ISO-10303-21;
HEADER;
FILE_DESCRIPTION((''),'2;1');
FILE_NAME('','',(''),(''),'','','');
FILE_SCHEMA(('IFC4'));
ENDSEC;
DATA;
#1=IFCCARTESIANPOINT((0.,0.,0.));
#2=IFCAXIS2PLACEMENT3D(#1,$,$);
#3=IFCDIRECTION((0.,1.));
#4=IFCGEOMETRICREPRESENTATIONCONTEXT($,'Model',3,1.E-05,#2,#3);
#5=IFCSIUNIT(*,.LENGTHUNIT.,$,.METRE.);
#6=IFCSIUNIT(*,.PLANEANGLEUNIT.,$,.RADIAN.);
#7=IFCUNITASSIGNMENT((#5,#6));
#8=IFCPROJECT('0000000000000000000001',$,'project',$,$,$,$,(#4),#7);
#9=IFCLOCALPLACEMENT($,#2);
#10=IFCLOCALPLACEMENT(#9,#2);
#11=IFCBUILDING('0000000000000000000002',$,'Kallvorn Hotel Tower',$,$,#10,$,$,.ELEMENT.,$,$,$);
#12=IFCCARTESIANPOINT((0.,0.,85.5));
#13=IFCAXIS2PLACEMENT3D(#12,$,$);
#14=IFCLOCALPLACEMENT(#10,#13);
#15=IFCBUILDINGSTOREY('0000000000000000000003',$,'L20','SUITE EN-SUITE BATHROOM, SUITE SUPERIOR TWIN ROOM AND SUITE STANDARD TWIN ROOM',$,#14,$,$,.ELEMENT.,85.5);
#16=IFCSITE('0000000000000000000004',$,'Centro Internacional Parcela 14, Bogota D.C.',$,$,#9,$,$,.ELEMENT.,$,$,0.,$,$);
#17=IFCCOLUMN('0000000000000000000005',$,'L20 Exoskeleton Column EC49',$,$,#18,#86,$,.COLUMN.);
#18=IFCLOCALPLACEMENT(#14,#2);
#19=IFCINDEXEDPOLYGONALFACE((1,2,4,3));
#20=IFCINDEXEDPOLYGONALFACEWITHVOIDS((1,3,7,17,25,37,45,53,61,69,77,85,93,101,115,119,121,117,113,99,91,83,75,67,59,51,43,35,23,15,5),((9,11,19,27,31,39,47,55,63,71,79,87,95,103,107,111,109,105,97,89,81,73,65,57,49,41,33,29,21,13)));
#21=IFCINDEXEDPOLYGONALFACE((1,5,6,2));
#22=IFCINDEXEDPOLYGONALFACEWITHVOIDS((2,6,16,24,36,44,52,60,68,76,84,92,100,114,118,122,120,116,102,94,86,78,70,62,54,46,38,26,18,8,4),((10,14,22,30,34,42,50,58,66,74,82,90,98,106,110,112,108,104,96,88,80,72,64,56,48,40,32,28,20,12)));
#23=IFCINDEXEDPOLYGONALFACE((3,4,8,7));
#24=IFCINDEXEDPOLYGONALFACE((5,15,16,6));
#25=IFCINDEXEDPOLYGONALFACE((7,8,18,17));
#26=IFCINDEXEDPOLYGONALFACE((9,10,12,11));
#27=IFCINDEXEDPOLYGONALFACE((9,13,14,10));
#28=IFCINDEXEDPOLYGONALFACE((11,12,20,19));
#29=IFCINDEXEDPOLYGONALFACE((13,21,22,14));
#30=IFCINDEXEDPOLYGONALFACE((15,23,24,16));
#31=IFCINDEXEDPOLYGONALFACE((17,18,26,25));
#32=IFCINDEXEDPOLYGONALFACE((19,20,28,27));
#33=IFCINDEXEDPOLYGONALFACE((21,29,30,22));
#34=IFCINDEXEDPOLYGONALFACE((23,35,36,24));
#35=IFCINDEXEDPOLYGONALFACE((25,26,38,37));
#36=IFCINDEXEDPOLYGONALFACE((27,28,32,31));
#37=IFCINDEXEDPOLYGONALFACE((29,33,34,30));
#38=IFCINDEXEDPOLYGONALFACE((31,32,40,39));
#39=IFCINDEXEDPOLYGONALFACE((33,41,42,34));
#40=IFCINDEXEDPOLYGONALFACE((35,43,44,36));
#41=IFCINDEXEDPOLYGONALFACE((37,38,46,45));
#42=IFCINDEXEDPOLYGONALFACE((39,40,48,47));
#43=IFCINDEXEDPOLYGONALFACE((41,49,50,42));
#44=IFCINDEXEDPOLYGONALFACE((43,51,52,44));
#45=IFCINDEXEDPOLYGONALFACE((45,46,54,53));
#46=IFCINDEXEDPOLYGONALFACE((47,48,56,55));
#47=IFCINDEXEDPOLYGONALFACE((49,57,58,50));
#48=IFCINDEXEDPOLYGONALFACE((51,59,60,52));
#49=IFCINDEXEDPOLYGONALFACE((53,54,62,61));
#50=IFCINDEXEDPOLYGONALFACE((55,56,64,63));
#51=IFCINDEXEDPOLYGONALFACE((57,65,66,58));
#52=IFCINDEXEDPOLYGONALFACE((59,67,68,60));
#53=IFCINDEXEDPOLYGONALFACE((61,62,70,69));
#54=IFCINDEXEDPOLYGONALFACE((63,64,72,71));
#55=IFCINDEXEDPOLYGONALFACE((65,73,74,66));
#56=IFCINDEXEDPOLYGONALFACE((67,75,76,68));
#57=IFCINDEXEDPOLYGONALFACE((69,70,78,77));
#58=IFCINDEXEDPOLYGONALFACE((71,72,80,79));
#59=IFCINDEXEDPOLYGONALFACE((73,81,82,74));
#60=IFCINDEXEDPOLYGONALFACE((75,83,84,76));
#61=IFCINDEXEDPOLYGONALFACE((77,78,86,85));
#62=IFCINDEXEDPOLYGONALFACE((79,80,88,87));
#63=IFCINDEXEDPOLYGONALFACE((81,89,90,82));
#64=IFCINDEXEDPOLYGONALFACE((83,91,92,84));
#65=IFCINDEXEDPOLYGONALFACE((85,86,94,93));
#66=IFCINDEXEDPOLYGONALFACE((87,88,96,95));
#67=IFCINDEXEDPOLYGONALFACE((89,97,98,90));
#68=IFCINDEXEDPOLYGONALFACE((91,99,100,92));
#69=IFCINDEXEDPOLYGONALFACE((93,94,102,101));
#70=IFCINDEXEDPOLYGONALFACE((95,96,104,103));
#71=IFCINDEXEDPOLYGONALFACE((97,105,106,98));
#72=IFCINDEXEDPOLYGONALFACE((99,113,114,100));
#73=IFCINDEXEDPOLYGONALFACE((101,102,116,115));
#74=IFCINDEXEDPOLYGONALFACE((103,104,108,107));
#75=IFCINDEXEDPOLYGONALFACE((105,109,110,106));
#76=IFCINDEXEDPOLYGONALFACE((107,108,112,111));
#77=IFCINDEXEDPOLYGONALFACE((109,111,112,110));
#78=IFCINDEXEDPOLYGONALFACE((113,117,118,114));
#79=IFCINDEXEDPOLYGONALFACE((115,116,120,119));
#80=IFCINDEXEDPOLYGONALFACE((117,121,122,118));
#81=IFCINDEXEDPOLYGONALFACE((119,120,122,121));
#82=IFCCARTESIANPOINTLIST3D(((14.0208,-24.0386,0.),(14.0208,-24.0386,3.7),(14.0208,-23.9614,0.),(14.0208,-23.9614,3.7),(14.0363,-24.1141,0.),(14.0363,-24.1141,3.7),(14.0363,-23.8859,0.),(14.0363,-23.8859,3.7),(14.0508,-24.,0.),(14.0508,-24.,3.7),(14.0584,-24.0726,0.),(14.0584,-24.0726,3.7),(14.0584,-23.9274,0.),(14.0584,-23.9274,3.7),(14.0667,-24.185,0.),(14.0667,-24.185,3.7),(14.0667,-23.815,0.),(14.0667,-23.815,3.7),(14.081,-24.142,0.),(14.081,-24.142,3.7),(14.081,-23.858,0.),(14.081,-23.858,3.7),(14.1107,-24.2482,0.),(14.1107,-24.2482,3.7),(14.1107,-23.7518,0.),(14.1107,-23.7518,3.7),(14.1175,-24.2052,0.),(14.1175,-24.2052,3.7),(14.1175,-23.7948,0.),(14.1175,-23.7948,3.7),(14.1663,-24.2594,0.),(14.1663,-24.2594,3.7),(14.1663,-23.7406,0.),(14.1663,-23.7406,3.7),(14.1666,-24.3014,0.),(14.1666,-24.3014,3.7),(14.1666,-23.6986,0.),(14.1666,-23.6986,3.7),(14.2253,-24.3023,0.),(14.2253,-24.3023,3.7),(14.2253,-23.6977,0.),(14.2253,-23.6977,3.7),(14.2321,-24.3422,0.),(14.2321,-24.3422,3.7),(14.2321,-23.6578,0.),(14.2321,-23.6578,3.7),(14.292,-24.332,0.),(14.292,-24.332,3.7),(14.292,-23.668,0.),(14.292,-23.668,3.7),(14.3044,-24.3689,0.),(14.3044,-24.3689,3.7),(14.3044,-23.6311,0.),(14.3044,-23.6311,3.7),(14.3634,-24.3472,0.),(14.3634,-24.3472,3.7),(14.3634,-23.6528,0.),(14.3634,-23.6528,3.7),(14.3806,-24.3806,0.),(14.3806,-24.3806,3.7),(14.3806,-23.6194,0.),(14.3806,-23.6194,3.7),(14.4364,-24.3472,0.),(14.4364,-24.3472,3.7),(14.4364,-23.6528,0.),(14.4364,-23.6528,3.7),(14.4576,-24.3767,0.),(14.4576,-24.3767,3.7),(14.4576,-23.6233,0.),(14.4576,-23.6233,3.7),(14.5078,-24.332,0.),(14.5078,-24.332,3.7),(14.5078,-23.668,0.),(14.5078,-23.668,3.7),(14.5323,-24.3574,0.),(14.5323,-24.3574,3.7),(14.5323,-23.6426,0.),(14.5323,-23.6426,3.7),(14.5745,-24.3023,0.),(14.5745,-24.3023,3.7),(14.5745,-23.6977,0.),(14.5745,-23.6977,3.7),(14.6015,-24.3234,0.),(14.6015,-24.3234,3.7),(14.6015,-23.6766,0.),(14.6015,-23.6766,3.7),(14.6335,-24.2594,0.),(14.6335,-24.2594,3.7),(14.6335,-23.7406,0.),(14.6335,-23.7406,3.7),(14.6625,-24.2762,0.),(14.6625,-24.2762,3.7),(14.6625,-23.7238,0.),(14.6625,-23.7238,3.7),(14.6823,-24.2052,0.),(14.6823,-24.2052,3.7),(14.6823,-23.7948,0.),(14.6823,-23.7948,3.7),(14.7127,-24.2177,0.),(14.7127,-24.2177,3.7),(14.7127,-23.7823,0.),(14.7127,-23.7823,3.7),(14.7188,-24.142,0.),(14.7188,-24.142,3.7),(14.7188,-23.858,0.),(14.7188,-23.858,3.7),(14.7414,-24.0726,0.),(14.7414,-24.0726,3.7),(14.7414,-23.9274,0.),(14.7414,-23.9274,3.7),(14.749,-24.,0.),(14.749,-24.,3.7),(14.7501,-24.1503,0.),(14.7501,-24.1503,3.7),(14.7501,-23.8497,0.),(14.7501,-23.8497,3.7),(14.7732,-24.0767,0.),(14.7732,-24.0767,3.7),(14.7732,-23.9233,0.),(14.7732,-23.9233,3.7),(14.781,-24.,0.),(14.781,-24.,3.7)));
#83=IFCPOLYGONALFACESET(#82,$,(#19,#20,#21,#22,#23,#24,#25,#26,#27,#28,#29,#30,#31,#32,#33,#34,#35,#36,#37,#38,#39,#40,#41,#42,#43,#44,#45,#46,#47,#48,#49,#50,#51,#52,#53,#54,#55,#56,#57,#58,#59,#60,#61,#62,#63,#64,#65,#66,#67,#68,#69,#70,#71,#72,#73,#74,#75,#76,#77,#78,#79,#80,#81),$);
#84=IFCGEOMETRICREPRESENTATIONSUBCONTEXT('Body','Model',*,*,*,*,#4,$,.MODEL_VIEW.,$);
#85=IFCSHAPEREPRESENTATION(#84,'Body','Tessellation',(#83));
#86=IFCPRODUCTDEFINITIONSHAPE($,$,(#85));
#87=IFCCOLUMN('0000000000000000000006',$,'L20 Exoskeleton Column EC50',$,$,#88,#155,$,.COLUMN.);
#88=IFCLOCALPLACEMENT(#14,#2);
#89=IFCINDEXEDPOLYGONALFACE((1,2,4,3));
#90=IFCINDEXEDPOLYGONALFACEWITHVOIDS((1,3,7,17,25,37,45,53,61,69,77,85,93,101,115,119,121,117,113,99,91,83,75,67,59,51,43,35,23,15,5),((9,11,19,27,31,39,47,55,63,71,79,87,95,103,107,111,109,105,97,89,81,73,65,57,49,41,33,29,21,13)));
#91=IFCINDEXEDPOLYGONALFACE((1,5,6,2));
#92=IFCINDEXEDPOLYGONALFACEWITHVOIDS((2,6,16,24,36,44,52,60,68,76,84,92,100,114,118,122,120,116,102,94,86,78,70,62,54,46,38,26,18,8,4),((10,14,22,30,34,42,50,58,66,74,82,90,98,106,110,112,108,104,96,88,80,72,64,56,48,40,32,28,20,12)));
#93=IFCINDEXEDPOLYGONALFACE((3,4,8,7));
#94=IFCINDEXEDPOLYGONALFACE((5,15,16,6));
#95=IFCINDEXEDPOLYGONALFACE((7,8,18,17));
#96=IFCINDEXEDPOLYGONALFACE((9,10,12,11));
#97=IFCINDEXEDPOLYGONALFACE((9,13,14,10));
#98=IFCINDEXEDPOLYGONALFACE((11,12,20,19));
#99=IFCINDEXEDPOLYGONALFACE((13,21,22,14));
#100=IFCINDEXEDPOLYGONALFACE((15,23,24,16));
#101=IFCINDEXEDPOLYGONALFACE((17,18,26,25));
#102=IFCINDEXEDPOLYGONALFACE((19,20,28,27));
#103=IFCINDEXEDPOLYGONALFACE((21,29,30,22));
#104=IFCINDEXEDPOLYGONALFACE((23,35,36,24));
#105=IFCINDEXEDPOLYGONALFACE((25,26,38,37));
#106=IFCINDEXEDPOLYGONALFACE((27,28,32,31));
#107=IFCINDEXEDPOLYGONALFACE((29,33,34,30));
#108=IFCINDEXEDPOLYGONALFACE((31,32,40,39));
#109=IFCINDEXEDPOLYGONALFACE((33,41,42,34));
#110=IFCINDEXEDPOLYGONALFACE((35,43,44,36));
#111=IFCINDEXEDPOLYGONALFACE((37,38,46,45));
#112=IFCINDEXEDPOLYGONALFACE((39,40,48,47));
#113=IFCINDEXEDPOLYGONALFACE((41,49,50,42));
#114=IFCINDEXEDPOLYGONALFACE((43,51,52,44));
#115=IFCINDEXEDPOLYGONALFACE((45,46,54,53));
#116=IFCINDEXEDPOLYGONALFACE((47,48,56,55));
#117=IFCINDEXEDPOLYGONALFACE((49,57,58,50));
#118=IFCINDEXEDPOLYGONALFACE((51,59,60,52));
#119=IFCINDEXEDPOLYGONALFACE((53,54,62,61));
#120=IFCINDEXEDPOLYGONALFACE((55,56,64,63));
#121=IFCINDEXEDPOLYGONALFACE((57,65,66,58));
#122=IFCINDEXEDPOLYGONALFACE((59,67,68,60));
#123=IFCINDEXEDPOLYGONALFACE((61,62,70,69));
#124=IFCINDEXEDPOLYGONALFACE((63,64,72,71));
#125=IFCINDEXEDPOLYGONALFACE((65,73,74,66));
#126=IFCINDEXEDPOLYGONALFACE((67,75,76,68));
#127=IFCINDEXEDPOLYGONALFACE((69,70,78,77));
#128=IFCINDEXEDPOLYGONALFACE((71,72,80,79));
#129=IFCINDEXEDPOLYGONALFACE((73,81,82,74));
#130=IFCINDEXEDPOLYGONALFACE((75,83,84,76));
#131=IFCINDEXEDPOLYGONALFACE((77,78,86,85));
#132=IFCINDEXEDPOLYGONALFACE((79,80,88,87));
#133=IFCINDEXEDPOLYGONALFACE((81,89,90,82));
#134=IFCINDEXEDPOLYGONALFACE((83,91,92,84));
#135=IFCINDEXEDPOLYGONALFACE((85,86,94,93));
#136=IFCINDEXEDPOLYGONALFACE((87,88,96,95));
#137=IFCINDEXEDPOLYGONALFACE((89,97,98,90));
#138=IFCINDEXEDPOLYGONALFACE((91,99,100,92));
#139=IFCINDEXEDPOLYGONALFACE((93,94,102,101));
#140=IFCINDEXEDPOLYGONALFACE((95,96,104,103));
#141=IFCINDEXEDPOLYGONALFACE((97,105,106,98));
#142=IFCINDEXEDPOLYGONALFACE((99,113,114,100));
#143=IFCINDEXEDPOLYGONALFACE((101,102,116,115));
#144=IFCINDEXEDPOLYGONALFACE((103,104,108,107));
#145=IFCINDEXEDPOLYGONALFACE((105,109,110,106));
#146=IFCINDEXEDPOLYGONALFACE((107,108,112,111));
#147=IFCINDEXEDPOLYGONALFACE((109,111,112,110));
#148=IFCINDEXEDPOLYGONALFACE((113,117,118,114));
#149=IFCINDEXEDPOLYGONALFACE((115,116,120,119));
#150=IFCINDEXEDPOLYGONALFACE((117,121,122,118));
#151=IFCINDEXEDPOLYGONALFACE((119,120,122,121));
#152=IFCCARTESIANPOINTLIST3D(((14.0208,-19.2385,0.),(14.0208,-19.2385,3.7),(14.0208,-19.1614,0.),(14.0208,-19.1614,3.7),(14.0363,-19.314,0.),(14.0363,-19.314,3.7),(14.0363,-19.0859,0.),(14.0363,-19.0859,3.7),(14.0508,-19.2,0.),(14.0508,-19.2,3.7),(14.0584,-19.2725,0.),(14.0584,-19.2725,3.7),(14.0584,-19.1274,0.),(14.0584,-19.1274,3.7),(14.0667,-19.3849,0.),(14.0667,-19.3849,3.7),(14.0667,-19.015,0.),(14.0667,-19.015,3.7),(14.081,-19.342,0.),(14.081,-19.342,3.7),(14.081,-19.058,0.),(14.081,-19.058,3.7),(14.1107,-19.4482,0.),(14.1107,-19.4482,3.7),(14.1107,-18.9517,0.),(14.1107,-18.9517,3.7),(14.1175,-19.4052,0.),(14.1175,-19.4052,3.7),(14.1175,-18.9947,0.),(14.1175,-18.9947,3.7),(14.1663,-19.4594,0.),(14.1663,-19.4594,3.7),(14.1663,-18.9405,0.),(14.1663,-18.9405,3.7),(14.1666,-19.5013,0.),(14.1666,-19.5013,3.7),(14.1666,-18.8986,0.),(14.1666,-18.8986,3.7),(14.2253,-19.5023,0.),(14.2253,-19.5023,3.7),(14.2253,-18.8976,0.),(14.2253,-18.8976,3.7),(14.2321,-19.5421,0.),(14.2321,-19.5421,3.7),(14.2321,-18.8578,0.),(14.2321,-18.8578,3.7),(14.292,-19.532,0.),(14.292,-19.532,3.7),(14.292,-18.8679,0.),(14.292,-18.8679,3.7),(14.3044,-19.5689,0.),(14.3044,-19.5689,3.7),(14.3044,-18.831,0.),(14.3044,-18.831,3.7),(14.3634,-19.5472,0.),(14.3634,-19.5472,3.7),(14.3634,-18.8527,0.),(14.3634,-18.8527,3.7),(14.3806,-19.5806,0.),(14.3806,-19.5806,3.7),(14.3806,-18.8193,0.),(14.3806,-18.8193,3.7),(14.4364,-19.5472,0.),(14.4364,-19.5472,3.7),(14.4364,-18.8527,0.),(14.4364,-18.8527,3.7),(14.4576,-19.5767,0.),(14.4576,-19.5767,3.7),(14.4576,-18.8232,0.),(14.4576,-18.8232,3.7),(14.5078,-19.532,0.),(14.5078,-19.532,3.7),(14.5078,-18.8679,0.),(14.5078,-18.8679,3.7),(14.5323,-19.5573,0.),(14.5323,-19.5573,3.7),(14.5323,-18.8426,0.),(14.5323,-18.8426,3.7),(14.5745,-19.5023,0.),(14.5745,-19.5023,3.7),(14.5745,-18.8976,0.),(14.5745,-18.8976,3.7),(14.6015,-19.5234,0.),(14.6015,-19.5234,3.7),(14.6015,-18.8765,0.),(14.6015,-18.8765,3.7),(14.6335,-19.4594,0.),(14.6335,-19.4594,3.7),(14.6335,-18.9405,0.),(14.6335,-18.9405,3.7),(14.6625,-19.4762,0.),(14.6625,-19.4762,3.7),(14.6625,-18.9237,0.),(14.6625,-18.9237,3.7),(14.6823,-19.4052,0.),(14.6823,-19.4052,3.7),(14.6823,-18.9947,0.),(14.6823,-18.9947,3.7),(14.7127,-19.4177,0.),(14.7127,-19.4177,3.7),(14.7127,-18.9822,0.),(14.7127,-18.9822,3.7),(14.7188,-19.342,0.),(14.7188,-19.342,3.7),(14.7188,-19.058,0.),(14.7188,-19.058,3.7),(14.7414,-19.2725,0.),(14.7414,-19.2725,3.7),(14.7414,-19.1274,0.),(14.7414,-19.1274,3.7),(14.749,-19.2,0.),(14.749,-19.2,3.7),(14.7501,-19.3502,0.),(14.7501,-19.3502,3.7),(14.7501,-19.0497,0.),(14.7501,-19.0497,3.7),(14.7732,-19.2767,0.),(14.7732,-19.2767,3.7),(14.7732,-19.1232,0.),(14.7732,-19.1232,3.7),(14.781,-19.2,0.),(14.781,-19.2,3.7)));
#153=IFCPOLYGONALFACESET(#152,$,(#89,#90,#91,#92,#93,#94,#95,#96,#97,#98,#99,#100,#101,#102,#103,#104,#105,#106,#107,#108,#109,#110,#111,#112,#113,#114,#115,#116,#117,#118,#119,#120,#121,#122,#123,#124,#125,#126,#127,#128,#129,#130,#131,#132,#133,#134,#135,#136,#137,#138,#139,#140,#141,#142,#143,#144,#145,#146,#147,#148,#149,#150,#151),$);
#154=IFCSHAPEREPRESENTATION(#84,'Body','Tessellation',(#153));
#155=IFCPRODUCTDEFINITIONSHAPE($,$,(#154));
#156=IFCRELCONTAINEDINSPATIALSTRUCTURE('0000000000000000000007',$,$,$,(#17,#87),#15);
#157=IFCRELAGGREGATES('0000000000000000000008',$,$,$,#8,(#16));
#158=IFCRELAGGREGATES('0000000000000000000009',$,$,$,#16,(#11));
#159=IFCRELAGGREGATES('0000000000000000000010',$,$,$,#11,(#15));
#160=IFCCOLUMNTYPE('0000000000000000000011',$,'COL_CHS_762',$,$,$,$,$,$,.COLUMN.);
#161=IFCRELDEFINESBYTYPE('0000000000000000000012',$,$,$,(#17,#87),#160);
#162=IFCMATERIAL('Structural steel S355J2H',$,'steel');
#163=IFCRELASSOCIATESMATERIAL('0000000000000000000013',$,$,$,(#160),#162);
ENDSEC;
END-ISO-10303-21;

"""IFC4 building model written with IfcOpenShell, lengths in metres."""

from ifc_helpers import new_model, si_unit, direction, frame, origin, origin_2d, place, context, subcontext, project, spatial, hollow_circle, extrude, material, material_profile, profile_set, type_object, element, save


model = new_model("IFC4")

# Units and contexts
model_context = context("Model", 3, precision=1e-05, world=origin(), true_north=direction((0.0, 1.0)))
body_context = subcontext(model_context, "Body", "Model", "MODEL_VIEW")
ifc_project = project(units=[si_unit("LENGTHUNIT", "METRE"), si_unit("PLANEANGLEUNIT", "RADIAN")], contexts=[model_context])

# Site, building, storey
site_placement = place(None, origin())
site = spatial("IfcSite", under=ifc_project, at=site_placement, Name="Centro Internacional Parcela 14, Bogota D.C.", CompositionType="ELEMENT", RefElevation=0.0)
building_placement = place(site_placement, origin())
building = spatial("IfcBuilding", under=site, at=building_placement, Name="Kallvorn Hotel Tower", CompositionType="ELEMENT")
storey_placement = place(building_placement, frame((0.0, 0.0, 85.5)))
storey = spatial("IfcBuildingStorey", under=building, at=storey_placement, Name="L20", Description="SUITE EN-SUITE BATHROOM, SUITE SUPERIOR TWIN ROOM AND SUITE STANDARD TWIN ROOM", CompositionType="ELEMENT", Elevation=85.5)

# Columns
ifc_material_1 = material(Name="Structural steel S355J2H", Category="steel")
ifc_material_profile_1 = material_profile(ifc_material_1, hollow_circle(Radius=0.3811, WallThickness=0.032, at=origin_2d()), Name="CHS 762x32")
ifc_profile_set_1 = profile_set([ifc_material_profile_1], Name="Structural steel S355J2H")
column_type = type_object("IfcColumnType", Name="COL_CHS_762", PredefinedType="COLUMN", material=ifc_profile_set_1)
for number, where, z_axis, x_axis, name in (
    (1, (14.3999, -24.0, 0.0), (0.0, 0.0, 1.0), (1.0, 0.0, 0.0), "L20 Exoskeleton Column EC49"),
    (2, (14.3999, -19.2, 0.0), (0.0, 0.0, 1.0), (1.0, 0.0, 0.0), "L20 Exoskeleton Column EC50"),
):
    element("IfcColumn", number, at=place(storey_placement, frame(where, z_axis=z_axis, x_axis=x_axis)), inside=storey, type_object=column_type, Name=name, PredefinedType="COLUMN", context=body_context, shape_type="SweptSolid", body=[
        extrude(hollow_circle(Radius=0.3811, WallThickness=0.032, at=origin_2d()), origin(), (0.0, 0.0, 1.0), 3.7),
    ])

save(model, "model.ifc")
